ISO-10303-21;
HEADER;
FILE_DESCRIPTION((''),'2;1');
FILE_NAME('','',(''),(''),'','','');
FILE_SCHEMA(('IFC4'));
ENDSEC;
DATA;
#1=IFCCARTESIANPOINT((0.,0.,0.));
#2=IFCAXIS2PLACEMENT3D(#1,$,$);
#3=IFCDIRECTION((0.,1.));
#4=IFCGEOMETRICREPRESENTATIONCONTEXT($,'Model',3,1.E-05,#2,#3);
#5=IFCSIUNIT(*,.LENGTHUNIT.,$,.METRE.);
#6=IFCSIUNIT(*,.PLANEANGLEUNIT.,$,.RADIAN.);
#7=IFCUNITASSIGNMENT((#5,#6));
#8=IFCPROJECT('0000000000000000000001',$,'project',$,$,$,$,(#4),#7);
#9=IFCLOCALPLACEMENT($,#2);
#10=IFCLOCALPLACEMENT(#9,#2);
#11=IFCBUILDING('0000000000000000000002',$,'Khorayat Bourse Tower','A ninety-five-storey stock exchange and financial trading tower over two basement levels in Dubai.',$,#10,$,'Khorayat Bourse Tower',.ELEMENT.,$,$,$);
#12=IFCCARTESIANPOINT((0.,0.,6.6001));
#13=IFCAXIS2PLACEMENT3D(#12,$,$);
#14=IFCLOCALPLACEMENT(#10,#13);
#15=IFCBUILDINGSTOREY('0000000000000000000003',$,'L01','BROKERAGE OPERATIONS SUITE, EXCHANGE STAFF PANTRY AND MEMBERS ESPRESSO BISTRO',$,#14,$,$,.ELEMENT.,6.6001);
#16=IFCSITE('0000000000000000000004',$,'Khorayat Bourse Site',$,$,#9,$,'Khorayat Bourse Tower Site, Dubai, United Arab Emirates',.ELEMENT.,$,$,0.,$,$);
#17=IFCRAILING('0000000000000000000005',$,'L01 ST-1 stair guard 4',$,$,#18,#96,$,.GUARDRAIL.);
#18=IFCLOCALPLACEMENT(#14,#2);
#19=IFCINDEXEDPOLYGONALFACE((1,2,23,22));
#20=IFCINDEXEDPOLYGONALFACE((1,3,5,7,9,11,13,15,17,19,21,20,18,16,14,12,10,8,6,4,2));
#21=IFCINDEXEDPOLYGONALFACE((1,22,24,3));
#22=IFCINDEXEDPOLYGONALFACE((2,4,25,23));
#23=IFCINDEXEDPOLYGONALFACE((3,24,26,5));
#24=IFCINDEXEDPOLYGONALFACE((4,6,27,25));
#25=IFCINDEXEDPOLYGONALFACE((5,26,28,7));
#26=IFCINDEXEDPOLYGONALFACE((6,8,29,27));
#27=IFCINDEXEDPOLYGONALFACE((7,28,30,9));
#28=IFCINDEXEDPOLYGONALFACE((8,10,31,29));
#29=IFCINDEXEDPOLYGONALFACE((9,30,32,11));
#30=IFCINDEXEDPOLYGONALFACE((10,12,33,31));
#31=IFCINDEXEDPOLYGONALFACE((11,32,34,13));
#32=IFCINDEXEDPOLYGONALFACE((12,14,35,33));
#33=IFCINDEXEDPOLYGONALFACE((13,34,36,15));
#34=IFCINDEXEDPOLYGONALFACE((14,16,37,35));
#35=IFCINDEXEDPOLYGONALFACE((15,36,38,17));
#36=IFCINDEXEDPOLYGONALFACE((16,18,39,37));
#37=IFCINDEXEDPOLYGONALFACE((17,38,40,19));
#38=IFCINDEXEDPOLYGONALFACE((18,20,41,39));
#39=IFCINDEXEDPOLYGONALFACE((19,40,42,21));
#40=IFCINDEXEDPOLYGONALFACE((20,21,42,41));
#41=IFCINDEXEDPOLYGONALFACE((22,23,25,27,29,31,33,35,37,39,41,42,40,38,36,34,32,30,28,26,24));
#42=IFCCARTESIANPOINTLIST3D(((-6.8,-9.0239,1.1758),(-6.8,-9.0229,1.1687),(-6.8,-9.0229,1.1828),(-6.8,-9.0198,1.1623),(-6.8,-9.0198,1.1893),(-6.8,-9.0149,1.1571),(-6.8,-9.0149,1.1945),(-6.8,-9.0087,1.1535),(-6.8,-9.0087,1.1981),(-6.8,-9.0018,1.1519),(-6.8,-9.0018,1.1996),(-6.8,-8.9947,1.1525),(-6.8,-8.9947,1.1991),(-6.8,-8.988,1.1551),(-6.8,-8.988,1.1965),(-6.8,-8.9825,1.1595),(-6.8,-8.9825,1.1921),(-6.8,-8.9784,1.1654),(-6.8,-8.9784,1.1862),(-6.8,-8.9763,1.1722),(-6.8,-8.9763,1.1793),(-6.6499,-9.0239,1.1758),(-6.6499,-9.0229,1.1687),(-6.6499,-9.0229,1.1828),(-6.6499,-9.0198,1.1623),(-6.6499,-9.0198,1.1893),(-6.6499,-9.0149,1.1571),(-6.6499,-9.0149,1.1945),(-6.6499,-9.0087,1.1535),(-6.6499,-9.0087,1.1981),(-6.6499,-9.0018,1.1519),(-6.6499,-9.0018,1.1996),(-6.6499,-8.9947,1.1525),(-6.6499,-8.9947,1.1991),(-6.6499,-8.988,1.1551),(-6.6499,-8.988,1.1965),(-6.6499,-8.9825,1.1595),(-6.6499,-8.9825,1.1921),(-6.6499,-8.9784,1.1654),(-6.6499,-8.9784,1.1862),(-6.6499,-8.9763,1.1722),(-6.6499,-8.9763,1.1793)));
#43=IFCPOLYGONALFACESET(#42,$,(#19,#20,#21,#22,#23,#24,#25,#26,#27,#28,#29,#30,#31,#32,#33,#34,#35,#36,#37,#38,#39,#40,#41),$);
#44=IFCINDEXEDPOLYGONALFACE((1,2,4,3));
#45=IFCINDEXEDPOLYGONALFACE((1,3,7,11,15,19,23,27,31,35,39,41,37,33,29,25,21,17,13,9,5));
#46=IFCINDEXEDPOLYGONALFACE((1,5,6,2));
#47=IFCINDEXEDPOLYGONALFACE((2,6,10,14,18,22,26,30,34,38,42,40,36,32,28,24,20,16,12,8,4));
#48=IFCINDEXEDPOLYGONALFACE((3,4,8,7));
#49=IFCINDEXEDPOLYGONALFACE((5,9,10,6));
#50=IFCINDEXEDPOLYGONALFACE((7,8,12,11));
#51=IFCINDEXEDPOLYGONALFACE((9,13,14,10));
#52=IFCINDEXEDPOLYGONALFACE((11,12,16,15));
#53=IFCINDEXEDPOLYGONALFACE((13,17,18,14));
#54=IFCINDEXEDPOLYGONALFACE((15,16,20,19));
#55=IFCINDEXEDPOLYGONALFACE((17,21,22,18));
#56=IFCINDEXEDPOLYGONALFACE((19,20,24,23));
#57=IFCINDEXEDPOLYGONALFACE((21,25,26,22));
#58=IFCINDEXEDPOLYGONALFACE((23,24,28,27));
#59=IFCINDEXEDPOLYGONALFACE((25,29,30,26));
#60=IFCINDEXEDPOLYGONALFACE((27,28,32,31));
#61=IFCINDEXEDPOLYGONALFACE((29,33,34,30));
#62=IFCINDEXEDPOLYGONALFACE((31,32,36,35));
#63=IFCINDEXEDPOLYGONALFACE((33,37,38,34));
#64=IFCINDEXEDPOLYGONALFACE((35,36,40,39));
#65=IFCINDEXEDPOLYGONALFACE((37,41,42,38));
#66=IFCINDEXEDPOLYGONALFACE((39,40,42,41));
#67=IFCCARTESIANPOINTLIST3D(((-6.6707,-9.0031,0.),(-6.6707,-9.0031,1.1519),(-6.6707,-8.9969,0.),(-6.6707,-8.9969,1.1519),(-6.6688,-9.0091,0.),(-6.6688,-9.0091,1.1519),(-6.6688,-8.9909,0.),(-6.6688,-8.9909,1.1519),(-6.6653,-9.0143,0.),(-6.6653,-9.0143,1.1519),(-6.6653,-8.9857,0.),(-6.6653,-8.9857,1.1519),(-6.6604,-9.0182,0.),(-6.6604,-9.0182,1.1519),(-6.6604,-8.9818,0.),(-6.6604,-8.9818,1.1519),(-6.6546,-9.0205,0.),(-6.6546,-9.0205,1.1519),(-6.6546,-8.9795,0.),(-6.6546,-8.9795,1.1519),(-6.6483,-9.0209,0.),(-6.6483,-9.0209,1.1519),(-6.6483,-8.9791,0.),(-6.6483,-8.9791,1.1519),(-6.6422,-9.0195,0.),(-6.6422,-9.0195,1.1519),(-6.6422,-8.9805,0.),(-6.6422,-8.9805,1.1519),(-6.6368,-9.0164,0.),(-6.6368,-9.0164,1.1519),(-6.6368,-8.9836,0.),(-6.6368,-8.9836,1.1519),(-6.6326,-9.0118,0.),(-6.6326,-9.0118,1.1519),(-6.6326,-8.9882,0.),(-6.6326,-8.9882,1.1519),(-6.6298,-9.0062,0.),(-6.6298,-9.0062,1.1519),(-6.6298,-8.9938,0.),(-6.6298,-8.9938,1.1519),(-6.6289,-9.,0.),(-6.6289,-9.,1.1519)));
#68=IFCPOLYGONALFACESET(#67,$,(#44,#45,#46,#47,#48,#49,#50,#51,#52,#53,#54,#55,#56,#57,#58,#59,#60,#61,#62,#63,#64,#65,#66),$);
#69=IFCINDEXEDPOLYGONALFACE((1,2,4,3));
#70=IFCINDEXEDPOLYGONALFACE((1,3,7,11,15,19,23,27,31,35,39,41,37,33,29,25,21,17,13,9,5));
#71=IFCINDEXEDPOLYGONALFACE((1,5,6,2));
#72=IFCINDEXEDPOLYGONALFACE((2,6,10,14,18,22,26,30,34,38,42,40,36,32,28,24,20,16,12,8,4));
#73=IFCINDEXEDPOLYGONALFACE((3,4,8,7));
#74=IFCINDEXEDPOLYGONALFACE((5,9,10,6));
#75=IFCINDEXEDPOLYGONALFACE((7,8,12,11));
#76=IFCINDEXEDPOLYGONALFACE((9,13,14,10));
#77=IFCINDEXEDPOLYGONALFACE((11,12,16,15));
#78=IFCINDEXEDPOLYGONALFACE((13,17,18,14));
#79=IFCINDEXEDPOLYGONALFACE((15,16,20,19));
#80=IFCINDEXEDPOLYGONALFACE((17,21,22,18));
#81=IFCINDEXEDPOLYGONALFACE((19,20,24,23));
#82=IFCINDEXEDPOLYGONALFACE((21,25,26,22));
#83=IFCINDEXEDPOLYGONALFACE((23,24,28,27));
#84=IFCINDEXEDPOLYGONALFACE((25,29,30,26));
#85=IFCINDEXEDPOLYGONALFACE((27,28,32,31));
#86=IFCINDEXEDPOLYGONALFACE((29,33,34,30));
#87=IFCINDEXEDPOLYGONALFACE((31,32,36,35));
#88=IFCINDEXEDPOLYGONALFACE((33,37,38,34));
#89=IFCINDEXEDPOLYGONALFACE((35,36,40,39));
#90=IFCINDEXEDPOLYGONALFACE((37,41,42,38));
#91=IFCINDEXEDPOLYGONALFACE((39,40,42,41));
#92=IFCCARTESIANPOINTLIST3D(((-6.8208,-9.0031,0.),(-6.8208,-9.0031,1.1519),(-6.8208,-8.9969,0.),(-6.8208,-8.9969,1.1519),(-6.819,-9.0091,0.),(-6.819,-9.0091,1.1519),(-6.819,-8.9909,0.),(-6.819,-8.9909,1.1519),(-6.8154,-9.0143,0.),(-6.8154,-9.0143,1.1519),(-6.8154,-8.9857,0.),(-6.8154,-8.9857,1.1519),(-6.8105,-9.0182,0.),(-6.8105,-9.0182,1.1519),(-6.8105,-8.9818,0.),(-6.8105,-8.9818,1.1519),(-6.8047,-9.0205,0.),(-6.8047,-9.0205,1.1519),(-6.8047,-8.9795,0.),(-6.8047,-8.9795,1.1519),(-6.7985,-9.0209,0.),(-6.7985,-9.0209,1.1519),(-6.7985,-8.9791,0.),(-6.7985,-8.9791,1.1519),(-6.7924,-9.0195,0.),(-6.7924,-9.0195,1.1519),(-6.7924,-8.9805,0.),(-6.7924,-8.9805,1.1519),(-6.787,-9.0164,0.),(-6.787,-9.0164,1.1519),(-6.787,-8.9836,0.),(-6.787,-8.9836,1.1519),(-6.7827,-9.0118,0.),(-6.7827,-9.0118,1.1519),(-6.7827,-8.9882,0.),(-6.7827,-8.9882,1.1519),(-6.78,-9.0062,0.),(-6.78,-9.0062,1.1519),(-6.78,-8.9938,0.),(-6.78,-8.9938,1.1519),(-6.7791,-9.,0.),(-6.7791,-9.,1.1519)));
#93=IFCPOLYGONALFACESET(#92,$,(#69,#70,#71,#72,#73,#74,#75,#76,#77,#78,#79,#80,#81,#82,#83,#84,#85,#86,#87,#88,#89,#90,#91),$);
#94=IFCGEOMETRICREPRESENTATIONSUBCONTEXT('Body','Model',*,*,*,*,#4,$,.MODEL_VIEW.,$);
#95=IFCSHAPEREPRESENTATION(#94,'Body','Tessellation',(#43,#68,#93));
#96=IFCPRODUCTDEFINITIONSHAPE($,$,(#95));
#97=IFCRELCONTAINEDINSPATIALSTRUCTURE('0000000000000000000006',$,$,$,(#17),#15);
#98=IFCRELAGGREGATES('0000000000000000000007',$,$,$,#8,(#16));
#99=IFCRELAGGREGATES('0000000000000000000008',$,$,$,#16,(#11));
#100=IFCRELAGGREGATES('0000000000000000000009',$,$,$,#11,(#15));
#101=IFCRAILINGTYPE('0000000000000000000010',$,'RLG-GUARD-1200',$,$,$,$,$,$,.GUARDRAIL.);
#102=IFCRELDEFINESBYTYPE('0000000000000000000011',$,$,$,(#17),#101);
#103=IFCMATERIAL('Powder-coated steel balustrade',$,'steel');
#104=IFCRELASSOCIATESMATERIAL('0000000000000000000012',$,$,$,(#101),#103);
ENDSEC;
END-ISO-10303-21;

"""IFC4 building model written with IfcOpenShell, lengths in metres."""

from ifc_helpers import new_model, si_unit, direction, frame, origin, origin_2d, place, context, subcontext, project, spatial, circle, extrude, source, transform, mapped, material, type_object, element, save


model = new_model("IFC4")

# Units and contexts
model_context = context("Model", 3, precision=1e-05, world=origin(), true_north=direction((0.0, 1.0)))
body_context = subcontext(model_context, "Body", "Model", "MODEL_VIEW")
ifc_project = project(units=[si_unit("LENGTHUNIT", "METRE"), si_unit("PLANEANGLEUNIT", "RADIAN")], contexts=[model_context])

# Site, building, storey
site_placement = place(None, origin())
site = spatial("IfcSite", under=ifc_project, at=site_placement, Name="Khorayat Bourse Site", LongName="Khorayat Bourse Tower Site, Dubai, United Arab Emirates", CompositionType="ELEMENT", RefElevation=0.0)
building_placement = place(site_placement, origin())
building = spatial("IfcBuilding", under=site, at=building_placement, Name="Khorayat Bourse Tower", Description="A ninety-five-storey stock exchange and financial trading tower over two basement levels in Dubai.", LongName="Khorayat Bourse Tower", CompositionType="ELEMENT")
storey_placement = place(building_placement, frame((0.0, 0.0, 6.6001)))
storey = spatial("IfcBuildingStorey", under=building, at=storey_placement, Name="L01", Description="BROKERAGE OPERATIONS SUITE, EXCHANGE STAFF PANTRY AND MEMBERS ESPRESSO BISTRO", CompositionType="ELEMENT", Elevation=6.6001)

# Railing
ifc_material_1 = material(Name="Powder-coated steel balustrade", Category="steel")
railing_type_1 = type_object("IfcRailingType", Name="RLG-GUARD-1200", PredefinedType="GUARDRAIL", material=ifc_material_1)
shared_shape_1 = source(origin(), body_context, "Body", "SweptSolid", [
    extrude(circle(Radius=0.0239, at=origin_2d()), frame((0.0, 0.0, 1.1758), z_axis=(-1.0, 0.0, 0.0), x_axis=(0.0, -1.0, 0.0)), (0.0, 0.0, 1.0), 0.1501),
    extrude(circle(Radius=0.021, at=origin_2d()), origin(), (0.0, 0.0, 1.0), 1.1519),
    extrude(circle(Radius=0.021, at=origin_2d()), frame((-0.1501, 0.0, 0.0)), (0.0, 0.0, 1.0), 1.1519),
])
railing_1_placement = place(storey_placement, frame((-6.6499, -9.0, 0.0)))
element("IfcRailing", 1, at=railing_1_placement, inside=storey, type_object=railing_type_1, Name="L01 ST-1 stair guard 4", PredefinedType="GUARDRAIL", context=body_context, shape_type="MappedRepresentation", body=[
    mapped(shared_shape_1, transform((0.0, 0.0, 0.0), scale=1.0)),
])

save(model, "model.ifc")
